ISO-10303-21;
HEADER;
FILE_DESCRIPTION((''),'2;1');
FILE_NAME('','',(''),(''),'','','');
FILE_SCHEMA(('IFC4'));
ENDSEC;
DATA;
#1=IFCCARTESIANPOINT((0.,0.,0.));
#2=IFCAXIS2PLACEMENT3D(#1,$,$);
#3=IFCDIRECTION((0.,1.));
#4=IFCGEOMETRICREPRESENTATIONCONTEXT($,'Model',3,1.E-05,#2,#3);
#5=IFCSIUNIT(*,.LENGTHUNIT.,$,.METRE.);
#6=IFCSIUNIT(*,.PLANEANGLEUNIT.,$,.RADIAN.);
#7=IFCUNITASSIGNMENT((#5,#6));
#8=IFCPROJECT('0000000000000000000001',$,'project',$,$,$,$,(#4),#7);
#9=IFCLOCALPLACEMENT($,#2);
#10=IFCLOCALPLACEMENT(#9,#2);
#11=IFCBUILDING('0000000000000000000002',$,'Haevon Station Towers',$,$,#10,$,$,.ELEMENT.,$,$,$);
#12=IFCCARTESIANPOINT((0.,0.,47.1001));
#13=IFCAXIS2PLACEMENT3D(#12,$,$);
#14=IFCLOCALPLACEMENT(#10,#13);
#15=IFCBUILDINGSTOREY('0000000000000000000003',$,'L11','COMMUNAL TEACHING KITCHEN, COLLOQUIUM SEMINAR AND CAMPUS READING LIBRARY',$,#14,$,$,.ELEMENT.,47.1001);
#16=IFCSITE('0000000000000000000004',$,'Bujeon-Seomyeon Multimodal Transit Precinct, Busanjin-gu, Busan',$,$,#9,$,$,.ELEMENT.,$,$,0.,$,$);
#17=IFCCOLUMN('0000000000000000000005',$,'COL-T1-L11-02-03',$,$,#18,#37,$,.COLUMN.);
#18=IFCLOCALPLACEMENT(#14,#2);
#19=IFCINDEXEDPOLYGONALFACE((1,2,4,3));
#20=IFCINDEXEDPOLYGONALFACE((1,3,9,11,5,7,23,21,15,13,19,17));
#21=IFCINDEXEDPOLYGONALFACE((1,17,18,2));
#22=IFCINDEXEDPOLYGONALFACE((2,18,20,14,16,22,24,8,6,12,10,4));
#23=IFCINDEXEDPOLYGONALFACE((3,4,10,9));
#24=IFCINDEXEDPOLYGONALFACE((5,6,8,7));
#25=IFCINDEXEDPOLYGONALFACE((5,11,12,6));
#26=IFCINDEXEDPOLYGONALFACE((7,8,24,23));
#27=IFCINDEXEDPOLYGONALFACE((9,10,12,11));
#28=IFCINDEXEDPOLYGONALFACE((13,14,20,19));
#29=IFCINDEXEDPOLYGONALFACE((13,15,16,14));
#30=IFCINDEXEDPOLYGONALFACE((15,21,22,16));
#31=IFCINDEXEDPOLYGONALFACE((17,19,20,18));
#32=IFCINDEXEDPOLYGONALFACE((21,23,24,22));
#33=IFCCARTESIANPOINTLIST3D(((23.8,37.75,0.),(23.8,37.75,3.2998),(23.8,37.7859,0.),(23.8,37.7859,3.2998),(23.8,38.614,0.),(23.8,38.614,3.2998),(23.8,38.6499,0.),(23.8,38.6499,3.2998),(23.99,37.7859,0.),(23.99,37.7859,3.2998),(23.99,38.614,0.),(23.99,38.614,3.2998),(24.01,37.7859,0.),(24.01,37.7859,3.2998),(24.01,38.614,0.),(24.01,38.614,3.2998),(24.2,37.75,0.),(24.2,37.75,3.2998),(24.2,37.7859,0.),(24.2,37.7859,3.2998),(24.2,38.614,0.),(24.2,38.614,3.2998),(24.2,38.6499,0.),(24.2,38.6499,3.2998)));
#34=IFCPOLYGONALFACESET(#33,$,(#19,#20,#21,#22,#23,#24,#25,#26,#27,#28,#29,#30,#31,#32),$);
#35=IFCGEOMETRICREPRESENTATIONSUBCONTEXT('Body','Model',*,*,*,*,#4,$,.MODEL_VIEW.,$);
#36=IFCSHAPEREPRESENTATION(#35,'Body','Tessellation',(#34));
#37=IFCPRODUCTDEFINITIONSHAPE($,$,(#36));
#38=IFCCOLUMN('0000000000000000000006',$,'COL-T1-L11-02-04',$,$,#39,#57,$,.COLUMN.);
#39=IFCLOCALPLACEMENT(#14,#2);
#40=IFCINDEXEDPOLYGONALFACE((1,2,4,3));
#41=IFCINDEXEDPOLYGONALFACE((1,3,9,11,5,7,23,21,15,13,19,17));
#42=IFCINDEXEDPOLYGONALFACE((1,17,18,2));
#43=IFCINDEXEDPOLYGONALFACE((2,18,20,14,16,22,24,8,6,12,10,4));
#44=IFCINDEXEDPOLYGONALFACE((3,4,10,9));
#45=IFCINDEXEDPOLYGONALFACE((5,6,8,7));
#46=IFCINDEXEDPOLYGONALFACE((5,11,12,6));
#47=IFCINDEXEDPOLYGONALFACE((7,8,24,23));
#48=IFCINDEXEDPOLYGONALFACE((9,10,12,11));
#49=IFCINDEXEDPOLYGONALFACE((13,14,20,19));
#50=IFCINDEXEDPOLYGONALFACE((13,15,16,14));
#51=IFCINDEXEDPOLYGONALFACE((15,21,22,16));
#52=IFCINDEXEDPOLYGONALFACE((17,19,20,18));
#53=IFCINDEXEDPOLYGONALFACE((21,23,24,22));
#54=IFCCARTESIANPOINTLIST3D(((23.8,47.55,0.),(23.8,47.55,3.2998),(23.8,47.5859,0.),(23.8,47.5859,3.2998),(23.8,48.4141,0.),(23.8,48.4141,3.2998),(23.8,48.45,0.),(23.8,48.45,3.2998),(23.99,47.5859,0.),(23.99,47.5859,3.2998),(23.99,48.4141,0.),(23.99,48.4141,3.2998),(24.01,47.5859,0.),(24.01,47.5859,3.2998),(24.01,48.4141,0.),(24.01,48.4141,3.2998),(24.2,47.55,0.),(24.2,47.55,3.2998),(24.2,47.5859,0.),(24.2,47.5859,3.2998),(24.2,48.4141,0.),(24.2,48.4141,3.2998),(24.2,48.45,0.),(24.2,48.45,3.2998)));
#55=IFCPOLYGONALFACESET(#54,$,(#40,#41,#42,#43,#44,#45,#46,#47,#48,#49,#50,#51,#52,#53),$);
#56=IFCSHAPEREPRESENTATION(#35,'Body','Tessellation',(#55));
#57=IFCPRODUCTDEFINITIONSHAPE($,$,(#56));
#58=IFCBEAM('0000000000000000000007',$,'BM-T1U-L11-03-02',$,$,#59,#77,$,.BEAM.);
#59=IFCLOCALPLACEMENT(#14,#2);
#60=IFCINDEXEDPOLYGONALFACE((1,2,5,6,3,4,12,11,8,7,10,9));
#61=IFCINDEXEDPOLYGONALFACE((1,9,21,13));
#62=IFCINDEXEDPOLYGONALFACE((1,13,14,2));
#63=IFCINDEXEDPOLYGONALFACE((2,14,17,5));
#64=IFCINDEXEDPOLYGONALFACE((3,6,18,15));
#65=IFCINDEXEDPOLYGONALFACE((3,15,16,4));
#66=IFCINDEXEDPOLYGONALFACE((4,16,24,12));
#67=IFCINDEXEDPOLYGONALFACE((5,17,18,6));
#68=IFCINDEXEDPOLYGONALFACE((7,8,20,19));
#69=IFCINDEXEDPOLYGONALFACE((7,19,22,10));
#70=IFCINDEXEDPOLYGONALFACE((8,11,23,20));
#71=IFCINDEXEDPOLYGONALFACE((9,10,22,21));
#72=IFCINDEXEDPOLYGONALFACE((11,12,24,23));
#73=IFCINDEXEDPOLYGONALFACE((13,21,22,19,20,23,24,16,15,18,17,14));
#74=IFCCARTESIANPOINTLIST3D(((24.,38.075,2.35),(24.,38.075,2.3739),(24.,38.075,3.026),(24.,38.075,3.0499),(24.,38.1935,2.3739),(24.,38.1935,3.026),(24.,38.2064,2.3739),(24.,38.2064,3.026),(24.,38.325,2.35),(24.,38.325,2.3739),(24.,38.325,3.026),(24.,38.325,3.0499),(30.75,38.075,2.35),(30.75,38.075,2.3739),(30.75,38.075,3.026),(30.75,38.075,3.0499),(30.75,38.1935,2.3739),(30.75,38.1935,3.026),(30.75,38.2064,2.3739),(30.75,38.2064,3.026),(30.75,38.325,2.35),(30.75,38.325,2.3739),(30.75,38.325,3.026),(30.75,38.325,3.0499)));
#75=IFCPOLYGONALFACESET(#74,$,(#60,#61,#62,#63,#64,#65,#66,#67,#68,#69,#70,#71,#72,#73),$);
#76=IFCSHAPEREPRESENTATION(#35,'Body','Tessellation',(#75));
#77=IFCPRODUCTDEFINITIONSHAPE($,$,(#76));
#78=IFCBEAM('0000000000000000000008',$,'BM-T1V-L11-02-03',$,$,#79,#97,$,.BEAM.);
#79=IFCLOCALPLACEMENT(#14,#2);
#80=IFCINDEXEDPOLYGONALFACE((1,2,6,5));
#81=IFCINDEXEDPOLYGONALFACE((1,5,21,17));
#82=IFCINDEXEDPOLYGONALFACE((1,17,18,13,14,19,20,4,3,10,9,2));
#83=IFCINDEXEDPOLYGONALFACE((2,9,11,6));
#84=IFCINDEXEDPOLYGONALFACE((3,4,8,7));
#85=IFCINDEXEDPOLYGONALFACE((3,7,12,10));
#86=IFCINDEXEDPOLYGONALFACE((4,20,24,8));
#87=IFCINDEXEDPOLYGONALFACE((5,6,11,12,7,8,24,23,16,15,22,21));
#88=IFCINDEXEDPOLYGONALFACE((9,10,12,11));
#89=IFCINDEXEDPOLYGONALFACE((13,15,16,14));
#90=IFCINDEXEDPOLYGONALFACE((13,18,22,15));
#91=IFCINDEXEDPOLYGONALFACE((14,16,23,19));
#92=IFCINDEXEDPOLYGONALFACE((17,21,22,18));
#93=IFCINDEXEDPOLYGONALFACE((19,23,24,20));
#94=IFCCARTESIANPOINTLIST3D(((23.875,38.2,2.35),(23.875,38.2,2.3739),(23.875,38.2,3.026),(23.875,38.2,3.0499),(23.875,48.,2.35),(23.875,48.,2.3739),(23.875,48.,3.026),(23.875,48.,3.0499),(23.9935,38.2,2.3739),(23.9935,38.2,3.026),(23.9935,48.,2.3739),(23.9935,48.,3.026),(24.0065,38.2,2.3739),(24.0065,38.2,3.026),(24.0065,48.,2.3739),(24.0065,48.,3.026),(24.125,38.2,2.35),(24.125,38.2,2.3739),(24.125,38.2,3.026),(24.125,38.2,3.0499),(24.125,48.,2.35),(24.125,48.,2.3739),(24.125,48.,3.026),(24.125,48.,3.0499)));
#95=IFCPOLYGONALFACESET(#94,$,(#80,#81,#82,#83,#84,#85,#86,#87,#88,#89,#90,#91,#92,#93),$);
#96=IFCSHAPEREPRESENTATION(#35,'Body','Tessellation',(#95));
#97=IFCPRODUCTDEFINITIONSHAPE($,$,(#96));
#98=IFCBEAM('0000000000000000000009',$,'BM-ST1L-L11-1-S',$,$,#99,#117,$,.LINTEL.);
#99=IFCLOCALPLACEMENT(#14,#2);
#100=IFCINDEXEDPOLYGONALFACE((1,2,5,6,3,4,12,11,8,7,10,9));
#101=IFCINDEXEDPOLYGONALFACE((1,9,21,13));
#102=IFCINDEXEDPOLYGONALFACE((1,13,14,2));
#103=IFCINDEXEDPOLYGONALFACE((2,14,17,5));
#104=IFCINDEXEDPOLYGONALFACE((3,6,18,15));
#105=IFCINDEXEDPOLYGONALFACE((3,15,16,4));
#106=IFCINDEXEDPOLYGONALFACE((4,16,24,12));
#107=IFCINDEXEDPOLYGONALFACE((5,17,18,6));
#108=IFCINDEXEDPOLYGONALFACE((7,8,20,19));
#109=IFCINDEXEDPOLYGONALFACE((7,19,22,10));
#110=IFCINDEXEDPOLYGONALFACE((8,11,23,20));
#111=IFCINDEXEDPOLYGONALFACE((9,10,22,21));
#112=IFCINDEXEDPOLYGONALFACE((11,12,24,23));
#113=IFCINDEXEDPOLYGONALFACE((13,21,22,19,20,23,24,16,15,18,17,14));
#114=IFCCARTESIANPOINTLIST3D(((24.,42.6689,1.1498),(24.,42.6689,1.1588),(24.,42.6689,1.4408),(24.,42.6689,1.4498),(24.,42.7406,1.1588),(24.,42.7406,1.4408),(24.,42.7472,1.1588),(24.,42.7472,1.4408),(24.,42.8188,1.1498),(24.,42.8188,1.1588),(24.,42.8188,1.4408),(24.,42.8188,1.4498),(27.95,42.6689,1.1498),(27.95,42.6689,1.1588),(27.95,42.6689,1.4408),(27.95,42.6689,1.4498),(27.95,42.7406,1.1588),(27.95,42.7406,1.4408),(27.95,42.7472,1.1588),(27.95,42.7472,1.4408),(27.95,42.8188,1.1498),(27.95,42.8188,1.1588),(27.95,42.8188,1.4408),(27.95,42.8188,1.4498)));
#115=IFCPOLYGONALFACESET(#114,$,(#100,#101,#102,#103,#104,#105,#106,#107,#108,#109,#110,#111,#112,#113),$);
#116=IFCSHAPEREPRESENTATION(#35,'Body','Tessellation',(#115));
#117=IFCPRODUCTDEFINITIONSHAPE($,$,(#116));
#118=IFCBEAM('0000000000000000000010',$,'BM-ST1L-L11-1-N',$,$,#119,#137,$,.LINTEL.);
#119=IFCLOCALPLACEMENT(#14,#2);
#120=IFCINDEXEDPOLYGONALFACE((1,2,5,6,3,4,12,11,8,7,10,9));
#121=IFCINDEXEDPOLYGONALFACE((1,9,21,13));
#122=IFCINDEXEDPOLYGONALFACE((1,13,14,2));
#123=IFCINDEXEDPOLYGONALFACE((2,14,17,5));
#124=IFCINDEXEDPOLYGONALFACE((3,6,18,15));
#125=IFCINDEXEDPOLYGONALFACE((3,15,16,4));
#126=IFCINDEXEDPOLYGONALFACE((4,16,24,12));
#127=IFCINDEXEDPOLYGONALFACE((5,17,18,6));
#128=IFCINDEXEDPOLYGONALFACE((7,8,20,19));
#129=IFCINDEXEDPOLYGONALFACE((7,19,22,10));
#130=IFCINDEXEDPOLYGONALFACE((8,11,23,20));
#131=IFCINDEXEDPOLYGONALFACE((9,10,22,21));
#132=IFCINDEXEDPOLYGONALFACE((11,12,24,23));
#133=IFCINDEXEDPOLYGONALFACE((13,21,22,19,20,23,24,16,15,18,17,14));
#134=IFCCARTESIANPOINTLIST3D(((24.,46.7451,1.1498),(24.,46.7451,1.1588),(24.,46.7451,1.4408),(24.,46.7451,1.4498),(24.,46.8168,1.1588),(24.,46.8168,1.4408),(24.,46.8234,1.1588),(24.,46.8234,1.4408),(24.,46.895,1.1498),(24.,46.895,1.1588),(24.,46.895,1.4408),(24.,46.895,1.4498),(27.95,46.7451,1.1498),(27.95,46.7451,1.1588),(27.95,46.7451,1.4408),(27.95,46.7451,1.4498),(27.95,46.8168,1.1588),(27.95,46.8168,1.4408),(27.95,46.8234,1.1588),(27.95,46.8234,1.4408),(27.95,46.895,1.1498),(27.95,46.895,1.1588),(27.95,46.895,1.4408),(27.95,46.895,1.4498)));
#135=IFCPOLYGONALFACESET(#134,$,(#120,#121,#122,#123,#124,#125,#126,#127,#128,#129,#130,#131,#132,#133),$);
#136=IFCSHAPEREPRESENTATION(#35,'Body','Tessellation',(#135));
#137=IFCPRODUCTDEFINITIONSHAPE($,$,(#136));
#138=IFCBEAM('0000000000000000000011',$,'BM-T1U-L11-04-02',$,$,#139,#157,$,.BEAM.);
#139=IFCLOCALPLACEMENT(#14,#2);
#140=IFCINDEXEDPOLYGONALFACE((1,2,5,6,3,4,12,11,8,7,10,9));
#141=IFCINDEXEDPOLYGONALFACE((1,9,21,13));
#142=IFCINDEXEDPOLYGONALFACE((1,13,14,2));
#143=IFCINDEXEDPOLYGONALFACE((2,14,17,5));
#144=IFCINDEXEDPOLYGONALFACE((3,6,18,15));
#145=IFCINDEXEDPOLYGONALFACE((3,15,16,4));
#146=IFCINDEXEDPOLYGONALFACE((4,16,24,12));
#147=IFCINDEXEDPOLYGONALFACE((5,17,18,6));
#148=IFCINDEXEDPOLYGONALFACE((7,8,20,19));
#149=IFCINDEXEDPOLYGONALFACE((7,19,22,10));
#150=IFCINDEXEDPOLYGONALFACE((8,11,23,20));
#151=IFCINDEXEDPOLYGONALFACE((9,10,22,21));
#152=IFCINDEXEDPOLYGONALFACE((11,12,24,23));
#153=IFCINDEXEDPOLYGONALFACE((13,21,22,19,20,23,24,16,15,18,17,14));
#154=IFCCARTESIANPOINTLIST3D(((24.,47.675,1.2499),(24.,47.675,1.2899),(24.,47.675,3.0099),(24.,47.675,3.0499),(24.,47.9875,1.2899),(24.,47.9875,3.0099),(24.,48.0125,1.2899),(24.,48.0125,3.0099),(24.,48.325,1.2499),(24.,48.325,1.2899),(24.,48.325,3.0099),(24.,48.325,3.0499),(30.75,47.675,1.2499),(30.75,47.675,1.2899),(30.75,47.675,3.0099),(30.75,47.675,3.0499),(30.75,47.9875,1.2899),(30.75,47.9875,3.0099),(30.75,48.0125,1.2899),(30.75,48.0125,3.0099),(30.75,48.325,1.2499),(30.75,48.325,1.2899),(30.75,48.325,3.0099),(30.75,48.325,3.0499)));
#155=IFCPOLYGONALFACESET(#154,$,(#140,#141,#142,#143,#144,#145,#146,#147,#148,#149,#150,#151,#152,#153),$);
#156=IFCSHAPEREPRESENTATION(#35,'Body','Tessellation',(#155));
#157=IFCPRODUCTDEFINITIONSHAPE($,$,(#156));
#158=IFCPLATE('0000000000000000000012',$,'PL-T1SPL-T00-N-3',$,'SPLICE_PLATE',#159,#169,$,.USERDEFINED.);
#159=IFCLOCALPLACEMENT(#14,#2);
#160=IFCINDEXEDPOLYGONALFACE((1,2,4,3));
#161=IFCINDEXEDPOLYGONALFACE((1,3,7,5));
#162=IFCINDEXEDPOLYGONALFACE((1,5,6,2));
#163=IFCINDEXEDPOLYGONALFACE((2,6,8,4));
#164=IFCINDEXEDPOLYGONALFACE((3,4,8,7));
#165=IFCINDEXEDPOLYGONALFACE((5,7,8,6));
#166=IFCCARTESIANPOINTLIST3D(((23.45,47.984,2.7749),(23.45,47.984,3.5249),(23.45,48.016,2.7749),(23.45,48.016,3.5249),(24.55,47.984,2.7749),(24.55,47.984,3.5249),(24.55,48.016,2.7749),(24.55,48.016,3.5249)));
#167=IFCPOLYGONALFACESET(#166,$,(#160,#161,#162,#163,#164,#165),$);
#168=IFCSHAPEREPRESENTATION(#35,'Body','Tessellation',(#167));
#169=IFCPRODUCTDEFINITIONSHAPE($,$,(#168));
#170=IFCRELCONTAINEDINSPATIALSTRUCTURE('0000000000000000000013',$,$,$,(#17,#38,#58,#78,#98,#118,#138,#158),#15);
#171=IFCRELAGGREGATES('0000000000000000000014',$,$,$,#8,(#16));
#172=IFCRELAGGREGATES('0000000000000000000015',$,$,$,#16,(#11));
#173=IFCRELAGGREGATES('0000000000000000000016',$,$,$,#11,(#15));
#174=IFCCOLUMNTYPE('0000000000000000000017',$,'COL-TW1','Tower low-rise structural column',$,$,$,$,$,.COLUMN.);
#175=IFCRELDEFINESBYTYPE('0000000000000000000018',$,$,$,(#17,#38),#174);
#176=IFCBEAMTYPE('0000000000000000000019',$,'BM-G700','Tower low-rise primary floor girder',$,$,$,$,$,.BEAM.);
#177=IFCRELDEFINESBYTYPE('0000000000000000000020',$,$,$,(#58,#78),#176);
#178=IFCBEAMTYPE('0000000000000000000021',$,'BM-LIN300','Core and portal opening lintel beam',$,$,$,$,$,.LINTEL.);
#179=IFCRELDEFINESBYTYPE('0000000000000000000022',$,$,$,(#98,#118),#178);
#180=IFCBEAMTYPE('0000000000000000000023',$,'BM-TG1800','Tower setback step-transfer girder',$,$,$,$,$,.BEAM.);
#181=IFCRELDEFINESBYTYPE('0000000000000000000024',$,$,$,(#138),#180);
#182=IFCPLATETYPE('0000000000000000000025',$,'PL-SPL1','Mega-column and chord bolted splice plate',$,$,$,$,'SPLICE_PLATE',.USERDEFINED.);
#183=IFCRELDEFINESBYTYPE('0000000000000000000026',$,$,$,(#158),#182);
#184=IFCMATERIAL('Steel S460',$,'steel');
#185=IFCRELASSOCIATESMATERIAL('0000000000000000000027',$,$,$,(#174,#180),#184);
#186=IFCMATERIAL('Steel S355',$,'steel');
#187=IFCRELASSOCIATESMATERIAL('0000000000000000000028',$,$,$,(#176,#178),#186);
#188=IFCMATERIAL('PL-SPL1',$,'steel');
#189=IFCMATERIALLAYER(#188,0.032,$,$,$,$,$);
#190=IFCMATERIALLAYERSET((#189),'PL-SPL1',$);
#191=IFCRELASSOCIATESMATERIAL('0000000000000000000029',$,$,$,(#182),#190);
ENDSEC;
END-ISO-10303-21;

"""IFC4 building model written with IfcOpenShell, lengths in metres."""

from ifc_helpers import new_model, si_unit, direction, frame, origin, origin_2d, place, context, subcontext, project, spatial, rectangle, i_section, extrude, material, layer, layer_set, material_profile, profile_set, type_object, element, save


model = new_model("IFC4")

# Units and contexts
model_context = context("Model", 3, precision=1e-05, world=origin(), true_north=direction((0.0, 1.0)))
body_context = subcontext(model_context, "Body", "Model", "MODEL_VIEW")
ifc_project = project(units=[si_unit("LENGTHUNIT", "METRE"), si_unit("PLANEANGLEUNIT", "RADIAN")], contexts=[model_context])

# Site, building, storey
site_placement = place(None, origin())
site = spatial("IfcSite", under=ifc_project, at=site_placement, Name="Bujeon-Seomyeon Multimodal Transit Precinct, Busanjin-gu, Busan", CompositionType="ELEMENT", RefElevation=0.0)
building_placement = place(site_placement, origin())
building = spatial("IfcBuilding", under=site, at=building_placement, Name="Haevon Station Towers", CompositionType="ELEMENT")
storey_placement = place(building_placement, frame((0.0, 0.0, 47.1001)))
storey = spatial("IfcBuildingStorey", under=building, at=storey_placement, Name="L11", Description="COMMUNAL TEACHING KITCHEN, COLLOQUIUM SEMINAR AND CAMPUS READING LIBRARY", CompositionType="ELEMENT", Elevation=47.1001)

# Columns
ifc_material_1 = material(Name="Steel S460", Category="steel")
ifc_material_profile_1 = material_profile(ifc_material_1, i_section(OverallWidth=0.3999, OverallDepth=0.8999, WebThickness=0.02, FlangeThickness=0.0359, at=origin_2d()), Name="H-900x400x20x36")
ifc_profile_set_1 = profile_set([ifc_material_profile_1], Name="Steel S460")
column_type = type_object("IfcColumnType", Name="COL-TW1", Description="Tower low-rise structural column", PredefinedType="COLUMN", material=ifc_profile_set_1)
for number, where, z_axis, x_axis, name in (
    (1, (24.0, 38.2, 0.0), (0.0, 0.0, 1.0), (1.0, 0.0, 0.0), "COL-T1-L11-02-03"),
    (2, (24.0, 48.0, 0.0), (0.0, 0.0, 1.0), (1.0, 0.0, 0.0), "COL-T1-L11-02-04"),
):
    element("IfcColumn", number, at=place(storey_placement, frame(where, z_axis=z_axis, x_axis=x_axis)), inside=storey, type_object=column_type, Name=name, PredefinedType="COLUMN", context=body_context, shape_type="SweptSolid", body=[
        extrude(i_section(OverallWidth=0.3999, OverallDepth=0.8999, WebThickness=0.02, FlangeThickness=0.0359, at=origin_2d()), origin(), (0.0, 0.0, 1.0), 3.2998),
    ])

# Beams
ifc_material_2 = material(Name="Steel S355", Category="steel")
ifc_material_profile_2 = material_profile(ifc_material_2, i_section(OverallWidth=0.25, OverallDepth=0.7, WebThickness=0.0129, FlangeThickness=0.0239, at=origin_2d()), Name="H-700x250x13x24")
ifc_profile_set_2 = profile_set([ifc_material_profile_2], Name="Steel S355")
beam_type_1 = type_object("IfcBeamType", Name="BM-G700", Description="Tower low-rise primary floor girder", PredefinedType="BEAM", material=ifc_profile_set_2)
beam_1_placement = place(storey_placement, frame((24.0, 38.2, 2.7), z_axis=(1.0, 0.0, 0.0), x_axis=(0.0, 1.0, 0.0)))
element("IfcBeam", 3, at=beam_1_placement, inside=storey, type_object=beam_type_1, Name="BM-T1U-L11-03-02", PredefinedType="BEAM", context=body_context, shape_type="SweptSolid", body=[
    extrude(i_section(OverallWidth=0.25, OverallDepth=0.7, WebThickness=0.0129, FlangeThickness=0.0239, at=origin_2d()), origin(), (0.0, 0.0, 1.0), 6.75),
])
beam_2_placement = place(storey_placement, frame((24.0, 38.2, 2.7), z_axis=(0.0, 1.0, 0.0), x_axis=(-1.0, 0.0, 0.0)))
element("IfcBeam", 4, at=beam_2_placement, inside=storey, type_object=beam_type_1, Name="BM-T1V-L11-02-03", PredefinedType="BEAM", context=body_context, shape_type="SweptSolid", body=[
    extrude(i_section(OverallWidth=0.25, OverallDepth=0.7, WebThickness=0.0129, FlangeThickness=0.0239, at=origin_2d()), origin(), (0.0, 0.0, 1.0), 9.8),
])
ifc_material_profile_3 = material_profile(ifc_material_2, i_section(OverallWidth=0.1499, OverallDepth=0.3, WebThickness=0.0066, FlangeThickness=0.009, at=origin_2d()), Name="H-300x150x6.5x9")
ifc_profile_set_3 = profile_set([ifc_material_profile_3], Name="Steel S355")
beam_type_2 = type_object("IfcBeamType", Name="BM-LIN300", Description="Core and portal opening lintel beam", PredefinedType="LINTEL", material=ifc_profile_set_3)
for number, where, z_axis, x_axis, name in (
    (5, (24.0, 42.7439, 1.2998), (1.0, 0.0, 0.0), (0.0, 1.0, 0.0), "BM-ST1L-L11-1-S"),
    (6, (24.0, 46.8201, 1.2998), (1.0, 0.0, 0.0), (0.0, 1.0, 0.0), "BM-ST1L-L11-1-N"),
):
    element("IfcBeam", number, at=place(storey_placement, frame(where, z_axis=z_axis, x_axis=x_axis)), inside=storey, type_object=beam_type_2, Name=name, PredefinedType="LINTEL", context=body_context, shape_type="SweptSolid", body=[
        extrude(i_section(OverallWidth=0.1499, OverallDepth=0.3, WebThickness=0.0066, FlangeThickness=0.009, at=origin_2d()), origin(), (0.0, 0.0, 1.0), 3.95),
    ])
ifc_material_profile_4 = material_profile(ifc_material_1, i_section(OverallWidth=0.6499, OverallDepth=1.8, WebThickness=0.0249, FlangeThickness=0.04, at=origin_2d()), Name="H-1800x650x25x40")
ifc_profile_set_4 = profile_set([ifc_material_profile_4], Name="Steel S460")
beam_type_3 = type_object("IfcBeamType", Name="BM-TG1800", Description="Tower setback step-transfer girder", PredefinedType="BEAM", material=ifc_profile_set_4)
beam_3_placement = place(storey_placement, frame((24.0, 48.0, 2.1499), z_axis=(1.0, 0.0, 0.0), x_axis=(0.0, 1.0, 0.0)))
element("IfcBeam", 7, at=beam_3_placement, inside=storey, type_object=beam_type_3, Name="BM-T1U-L11-04-02", PredefinedType="BEAM", context=body_context, shape_type="SweptSolid", body=[
    extrude(i_section(OverallWidth=0.6499, OverallDepth=1.8, WebThickness=0.0249, FlangeThickness=0.04, at=origin_2d()), origin(), (0.0, 0.0, 1.0), 6.75),
])

# Plate
ifc_material_3 = material(Name="PL-SPL1", Category="steel")
ifc_layer_1 = layer(ifc_material_3, 0.032)
ifc_layer_set_1 = layer_set([ifc_layer_1], Name="PL-SPL1")
plate_type = type_object("IfcPlateType", Name="PL-SPL1", Description="Mega-column and chord bolted splice plate", ElementType="SPLICE_PLATE", PredefinedType="USERDEFINED", material=ifc_layer_set_1)
plate_placement = place(storey_placement, frame((24.0, 48.0, 2.7749), z_axis=(0.0, 0.0, 1.0), x_axis=(1.0, 0.0, 0.0)))
element("IfcPlate", 8, at=plate_placement, inside=storey, type_object=plate_type, Name="PL-T1SPL-T00-N-3", ObjectType="SPLICE_PLATE", PredefinedType="USERDEFINED", context=body_context, shape_type="SweptSolid", body=[
    extrude(rectangle(XDim=1.1001, YDim=0.032, at=origin_2d()), origin(), (0.0, 0.0, 1.0), 0.75),
])

save(model, "model.ifc")
